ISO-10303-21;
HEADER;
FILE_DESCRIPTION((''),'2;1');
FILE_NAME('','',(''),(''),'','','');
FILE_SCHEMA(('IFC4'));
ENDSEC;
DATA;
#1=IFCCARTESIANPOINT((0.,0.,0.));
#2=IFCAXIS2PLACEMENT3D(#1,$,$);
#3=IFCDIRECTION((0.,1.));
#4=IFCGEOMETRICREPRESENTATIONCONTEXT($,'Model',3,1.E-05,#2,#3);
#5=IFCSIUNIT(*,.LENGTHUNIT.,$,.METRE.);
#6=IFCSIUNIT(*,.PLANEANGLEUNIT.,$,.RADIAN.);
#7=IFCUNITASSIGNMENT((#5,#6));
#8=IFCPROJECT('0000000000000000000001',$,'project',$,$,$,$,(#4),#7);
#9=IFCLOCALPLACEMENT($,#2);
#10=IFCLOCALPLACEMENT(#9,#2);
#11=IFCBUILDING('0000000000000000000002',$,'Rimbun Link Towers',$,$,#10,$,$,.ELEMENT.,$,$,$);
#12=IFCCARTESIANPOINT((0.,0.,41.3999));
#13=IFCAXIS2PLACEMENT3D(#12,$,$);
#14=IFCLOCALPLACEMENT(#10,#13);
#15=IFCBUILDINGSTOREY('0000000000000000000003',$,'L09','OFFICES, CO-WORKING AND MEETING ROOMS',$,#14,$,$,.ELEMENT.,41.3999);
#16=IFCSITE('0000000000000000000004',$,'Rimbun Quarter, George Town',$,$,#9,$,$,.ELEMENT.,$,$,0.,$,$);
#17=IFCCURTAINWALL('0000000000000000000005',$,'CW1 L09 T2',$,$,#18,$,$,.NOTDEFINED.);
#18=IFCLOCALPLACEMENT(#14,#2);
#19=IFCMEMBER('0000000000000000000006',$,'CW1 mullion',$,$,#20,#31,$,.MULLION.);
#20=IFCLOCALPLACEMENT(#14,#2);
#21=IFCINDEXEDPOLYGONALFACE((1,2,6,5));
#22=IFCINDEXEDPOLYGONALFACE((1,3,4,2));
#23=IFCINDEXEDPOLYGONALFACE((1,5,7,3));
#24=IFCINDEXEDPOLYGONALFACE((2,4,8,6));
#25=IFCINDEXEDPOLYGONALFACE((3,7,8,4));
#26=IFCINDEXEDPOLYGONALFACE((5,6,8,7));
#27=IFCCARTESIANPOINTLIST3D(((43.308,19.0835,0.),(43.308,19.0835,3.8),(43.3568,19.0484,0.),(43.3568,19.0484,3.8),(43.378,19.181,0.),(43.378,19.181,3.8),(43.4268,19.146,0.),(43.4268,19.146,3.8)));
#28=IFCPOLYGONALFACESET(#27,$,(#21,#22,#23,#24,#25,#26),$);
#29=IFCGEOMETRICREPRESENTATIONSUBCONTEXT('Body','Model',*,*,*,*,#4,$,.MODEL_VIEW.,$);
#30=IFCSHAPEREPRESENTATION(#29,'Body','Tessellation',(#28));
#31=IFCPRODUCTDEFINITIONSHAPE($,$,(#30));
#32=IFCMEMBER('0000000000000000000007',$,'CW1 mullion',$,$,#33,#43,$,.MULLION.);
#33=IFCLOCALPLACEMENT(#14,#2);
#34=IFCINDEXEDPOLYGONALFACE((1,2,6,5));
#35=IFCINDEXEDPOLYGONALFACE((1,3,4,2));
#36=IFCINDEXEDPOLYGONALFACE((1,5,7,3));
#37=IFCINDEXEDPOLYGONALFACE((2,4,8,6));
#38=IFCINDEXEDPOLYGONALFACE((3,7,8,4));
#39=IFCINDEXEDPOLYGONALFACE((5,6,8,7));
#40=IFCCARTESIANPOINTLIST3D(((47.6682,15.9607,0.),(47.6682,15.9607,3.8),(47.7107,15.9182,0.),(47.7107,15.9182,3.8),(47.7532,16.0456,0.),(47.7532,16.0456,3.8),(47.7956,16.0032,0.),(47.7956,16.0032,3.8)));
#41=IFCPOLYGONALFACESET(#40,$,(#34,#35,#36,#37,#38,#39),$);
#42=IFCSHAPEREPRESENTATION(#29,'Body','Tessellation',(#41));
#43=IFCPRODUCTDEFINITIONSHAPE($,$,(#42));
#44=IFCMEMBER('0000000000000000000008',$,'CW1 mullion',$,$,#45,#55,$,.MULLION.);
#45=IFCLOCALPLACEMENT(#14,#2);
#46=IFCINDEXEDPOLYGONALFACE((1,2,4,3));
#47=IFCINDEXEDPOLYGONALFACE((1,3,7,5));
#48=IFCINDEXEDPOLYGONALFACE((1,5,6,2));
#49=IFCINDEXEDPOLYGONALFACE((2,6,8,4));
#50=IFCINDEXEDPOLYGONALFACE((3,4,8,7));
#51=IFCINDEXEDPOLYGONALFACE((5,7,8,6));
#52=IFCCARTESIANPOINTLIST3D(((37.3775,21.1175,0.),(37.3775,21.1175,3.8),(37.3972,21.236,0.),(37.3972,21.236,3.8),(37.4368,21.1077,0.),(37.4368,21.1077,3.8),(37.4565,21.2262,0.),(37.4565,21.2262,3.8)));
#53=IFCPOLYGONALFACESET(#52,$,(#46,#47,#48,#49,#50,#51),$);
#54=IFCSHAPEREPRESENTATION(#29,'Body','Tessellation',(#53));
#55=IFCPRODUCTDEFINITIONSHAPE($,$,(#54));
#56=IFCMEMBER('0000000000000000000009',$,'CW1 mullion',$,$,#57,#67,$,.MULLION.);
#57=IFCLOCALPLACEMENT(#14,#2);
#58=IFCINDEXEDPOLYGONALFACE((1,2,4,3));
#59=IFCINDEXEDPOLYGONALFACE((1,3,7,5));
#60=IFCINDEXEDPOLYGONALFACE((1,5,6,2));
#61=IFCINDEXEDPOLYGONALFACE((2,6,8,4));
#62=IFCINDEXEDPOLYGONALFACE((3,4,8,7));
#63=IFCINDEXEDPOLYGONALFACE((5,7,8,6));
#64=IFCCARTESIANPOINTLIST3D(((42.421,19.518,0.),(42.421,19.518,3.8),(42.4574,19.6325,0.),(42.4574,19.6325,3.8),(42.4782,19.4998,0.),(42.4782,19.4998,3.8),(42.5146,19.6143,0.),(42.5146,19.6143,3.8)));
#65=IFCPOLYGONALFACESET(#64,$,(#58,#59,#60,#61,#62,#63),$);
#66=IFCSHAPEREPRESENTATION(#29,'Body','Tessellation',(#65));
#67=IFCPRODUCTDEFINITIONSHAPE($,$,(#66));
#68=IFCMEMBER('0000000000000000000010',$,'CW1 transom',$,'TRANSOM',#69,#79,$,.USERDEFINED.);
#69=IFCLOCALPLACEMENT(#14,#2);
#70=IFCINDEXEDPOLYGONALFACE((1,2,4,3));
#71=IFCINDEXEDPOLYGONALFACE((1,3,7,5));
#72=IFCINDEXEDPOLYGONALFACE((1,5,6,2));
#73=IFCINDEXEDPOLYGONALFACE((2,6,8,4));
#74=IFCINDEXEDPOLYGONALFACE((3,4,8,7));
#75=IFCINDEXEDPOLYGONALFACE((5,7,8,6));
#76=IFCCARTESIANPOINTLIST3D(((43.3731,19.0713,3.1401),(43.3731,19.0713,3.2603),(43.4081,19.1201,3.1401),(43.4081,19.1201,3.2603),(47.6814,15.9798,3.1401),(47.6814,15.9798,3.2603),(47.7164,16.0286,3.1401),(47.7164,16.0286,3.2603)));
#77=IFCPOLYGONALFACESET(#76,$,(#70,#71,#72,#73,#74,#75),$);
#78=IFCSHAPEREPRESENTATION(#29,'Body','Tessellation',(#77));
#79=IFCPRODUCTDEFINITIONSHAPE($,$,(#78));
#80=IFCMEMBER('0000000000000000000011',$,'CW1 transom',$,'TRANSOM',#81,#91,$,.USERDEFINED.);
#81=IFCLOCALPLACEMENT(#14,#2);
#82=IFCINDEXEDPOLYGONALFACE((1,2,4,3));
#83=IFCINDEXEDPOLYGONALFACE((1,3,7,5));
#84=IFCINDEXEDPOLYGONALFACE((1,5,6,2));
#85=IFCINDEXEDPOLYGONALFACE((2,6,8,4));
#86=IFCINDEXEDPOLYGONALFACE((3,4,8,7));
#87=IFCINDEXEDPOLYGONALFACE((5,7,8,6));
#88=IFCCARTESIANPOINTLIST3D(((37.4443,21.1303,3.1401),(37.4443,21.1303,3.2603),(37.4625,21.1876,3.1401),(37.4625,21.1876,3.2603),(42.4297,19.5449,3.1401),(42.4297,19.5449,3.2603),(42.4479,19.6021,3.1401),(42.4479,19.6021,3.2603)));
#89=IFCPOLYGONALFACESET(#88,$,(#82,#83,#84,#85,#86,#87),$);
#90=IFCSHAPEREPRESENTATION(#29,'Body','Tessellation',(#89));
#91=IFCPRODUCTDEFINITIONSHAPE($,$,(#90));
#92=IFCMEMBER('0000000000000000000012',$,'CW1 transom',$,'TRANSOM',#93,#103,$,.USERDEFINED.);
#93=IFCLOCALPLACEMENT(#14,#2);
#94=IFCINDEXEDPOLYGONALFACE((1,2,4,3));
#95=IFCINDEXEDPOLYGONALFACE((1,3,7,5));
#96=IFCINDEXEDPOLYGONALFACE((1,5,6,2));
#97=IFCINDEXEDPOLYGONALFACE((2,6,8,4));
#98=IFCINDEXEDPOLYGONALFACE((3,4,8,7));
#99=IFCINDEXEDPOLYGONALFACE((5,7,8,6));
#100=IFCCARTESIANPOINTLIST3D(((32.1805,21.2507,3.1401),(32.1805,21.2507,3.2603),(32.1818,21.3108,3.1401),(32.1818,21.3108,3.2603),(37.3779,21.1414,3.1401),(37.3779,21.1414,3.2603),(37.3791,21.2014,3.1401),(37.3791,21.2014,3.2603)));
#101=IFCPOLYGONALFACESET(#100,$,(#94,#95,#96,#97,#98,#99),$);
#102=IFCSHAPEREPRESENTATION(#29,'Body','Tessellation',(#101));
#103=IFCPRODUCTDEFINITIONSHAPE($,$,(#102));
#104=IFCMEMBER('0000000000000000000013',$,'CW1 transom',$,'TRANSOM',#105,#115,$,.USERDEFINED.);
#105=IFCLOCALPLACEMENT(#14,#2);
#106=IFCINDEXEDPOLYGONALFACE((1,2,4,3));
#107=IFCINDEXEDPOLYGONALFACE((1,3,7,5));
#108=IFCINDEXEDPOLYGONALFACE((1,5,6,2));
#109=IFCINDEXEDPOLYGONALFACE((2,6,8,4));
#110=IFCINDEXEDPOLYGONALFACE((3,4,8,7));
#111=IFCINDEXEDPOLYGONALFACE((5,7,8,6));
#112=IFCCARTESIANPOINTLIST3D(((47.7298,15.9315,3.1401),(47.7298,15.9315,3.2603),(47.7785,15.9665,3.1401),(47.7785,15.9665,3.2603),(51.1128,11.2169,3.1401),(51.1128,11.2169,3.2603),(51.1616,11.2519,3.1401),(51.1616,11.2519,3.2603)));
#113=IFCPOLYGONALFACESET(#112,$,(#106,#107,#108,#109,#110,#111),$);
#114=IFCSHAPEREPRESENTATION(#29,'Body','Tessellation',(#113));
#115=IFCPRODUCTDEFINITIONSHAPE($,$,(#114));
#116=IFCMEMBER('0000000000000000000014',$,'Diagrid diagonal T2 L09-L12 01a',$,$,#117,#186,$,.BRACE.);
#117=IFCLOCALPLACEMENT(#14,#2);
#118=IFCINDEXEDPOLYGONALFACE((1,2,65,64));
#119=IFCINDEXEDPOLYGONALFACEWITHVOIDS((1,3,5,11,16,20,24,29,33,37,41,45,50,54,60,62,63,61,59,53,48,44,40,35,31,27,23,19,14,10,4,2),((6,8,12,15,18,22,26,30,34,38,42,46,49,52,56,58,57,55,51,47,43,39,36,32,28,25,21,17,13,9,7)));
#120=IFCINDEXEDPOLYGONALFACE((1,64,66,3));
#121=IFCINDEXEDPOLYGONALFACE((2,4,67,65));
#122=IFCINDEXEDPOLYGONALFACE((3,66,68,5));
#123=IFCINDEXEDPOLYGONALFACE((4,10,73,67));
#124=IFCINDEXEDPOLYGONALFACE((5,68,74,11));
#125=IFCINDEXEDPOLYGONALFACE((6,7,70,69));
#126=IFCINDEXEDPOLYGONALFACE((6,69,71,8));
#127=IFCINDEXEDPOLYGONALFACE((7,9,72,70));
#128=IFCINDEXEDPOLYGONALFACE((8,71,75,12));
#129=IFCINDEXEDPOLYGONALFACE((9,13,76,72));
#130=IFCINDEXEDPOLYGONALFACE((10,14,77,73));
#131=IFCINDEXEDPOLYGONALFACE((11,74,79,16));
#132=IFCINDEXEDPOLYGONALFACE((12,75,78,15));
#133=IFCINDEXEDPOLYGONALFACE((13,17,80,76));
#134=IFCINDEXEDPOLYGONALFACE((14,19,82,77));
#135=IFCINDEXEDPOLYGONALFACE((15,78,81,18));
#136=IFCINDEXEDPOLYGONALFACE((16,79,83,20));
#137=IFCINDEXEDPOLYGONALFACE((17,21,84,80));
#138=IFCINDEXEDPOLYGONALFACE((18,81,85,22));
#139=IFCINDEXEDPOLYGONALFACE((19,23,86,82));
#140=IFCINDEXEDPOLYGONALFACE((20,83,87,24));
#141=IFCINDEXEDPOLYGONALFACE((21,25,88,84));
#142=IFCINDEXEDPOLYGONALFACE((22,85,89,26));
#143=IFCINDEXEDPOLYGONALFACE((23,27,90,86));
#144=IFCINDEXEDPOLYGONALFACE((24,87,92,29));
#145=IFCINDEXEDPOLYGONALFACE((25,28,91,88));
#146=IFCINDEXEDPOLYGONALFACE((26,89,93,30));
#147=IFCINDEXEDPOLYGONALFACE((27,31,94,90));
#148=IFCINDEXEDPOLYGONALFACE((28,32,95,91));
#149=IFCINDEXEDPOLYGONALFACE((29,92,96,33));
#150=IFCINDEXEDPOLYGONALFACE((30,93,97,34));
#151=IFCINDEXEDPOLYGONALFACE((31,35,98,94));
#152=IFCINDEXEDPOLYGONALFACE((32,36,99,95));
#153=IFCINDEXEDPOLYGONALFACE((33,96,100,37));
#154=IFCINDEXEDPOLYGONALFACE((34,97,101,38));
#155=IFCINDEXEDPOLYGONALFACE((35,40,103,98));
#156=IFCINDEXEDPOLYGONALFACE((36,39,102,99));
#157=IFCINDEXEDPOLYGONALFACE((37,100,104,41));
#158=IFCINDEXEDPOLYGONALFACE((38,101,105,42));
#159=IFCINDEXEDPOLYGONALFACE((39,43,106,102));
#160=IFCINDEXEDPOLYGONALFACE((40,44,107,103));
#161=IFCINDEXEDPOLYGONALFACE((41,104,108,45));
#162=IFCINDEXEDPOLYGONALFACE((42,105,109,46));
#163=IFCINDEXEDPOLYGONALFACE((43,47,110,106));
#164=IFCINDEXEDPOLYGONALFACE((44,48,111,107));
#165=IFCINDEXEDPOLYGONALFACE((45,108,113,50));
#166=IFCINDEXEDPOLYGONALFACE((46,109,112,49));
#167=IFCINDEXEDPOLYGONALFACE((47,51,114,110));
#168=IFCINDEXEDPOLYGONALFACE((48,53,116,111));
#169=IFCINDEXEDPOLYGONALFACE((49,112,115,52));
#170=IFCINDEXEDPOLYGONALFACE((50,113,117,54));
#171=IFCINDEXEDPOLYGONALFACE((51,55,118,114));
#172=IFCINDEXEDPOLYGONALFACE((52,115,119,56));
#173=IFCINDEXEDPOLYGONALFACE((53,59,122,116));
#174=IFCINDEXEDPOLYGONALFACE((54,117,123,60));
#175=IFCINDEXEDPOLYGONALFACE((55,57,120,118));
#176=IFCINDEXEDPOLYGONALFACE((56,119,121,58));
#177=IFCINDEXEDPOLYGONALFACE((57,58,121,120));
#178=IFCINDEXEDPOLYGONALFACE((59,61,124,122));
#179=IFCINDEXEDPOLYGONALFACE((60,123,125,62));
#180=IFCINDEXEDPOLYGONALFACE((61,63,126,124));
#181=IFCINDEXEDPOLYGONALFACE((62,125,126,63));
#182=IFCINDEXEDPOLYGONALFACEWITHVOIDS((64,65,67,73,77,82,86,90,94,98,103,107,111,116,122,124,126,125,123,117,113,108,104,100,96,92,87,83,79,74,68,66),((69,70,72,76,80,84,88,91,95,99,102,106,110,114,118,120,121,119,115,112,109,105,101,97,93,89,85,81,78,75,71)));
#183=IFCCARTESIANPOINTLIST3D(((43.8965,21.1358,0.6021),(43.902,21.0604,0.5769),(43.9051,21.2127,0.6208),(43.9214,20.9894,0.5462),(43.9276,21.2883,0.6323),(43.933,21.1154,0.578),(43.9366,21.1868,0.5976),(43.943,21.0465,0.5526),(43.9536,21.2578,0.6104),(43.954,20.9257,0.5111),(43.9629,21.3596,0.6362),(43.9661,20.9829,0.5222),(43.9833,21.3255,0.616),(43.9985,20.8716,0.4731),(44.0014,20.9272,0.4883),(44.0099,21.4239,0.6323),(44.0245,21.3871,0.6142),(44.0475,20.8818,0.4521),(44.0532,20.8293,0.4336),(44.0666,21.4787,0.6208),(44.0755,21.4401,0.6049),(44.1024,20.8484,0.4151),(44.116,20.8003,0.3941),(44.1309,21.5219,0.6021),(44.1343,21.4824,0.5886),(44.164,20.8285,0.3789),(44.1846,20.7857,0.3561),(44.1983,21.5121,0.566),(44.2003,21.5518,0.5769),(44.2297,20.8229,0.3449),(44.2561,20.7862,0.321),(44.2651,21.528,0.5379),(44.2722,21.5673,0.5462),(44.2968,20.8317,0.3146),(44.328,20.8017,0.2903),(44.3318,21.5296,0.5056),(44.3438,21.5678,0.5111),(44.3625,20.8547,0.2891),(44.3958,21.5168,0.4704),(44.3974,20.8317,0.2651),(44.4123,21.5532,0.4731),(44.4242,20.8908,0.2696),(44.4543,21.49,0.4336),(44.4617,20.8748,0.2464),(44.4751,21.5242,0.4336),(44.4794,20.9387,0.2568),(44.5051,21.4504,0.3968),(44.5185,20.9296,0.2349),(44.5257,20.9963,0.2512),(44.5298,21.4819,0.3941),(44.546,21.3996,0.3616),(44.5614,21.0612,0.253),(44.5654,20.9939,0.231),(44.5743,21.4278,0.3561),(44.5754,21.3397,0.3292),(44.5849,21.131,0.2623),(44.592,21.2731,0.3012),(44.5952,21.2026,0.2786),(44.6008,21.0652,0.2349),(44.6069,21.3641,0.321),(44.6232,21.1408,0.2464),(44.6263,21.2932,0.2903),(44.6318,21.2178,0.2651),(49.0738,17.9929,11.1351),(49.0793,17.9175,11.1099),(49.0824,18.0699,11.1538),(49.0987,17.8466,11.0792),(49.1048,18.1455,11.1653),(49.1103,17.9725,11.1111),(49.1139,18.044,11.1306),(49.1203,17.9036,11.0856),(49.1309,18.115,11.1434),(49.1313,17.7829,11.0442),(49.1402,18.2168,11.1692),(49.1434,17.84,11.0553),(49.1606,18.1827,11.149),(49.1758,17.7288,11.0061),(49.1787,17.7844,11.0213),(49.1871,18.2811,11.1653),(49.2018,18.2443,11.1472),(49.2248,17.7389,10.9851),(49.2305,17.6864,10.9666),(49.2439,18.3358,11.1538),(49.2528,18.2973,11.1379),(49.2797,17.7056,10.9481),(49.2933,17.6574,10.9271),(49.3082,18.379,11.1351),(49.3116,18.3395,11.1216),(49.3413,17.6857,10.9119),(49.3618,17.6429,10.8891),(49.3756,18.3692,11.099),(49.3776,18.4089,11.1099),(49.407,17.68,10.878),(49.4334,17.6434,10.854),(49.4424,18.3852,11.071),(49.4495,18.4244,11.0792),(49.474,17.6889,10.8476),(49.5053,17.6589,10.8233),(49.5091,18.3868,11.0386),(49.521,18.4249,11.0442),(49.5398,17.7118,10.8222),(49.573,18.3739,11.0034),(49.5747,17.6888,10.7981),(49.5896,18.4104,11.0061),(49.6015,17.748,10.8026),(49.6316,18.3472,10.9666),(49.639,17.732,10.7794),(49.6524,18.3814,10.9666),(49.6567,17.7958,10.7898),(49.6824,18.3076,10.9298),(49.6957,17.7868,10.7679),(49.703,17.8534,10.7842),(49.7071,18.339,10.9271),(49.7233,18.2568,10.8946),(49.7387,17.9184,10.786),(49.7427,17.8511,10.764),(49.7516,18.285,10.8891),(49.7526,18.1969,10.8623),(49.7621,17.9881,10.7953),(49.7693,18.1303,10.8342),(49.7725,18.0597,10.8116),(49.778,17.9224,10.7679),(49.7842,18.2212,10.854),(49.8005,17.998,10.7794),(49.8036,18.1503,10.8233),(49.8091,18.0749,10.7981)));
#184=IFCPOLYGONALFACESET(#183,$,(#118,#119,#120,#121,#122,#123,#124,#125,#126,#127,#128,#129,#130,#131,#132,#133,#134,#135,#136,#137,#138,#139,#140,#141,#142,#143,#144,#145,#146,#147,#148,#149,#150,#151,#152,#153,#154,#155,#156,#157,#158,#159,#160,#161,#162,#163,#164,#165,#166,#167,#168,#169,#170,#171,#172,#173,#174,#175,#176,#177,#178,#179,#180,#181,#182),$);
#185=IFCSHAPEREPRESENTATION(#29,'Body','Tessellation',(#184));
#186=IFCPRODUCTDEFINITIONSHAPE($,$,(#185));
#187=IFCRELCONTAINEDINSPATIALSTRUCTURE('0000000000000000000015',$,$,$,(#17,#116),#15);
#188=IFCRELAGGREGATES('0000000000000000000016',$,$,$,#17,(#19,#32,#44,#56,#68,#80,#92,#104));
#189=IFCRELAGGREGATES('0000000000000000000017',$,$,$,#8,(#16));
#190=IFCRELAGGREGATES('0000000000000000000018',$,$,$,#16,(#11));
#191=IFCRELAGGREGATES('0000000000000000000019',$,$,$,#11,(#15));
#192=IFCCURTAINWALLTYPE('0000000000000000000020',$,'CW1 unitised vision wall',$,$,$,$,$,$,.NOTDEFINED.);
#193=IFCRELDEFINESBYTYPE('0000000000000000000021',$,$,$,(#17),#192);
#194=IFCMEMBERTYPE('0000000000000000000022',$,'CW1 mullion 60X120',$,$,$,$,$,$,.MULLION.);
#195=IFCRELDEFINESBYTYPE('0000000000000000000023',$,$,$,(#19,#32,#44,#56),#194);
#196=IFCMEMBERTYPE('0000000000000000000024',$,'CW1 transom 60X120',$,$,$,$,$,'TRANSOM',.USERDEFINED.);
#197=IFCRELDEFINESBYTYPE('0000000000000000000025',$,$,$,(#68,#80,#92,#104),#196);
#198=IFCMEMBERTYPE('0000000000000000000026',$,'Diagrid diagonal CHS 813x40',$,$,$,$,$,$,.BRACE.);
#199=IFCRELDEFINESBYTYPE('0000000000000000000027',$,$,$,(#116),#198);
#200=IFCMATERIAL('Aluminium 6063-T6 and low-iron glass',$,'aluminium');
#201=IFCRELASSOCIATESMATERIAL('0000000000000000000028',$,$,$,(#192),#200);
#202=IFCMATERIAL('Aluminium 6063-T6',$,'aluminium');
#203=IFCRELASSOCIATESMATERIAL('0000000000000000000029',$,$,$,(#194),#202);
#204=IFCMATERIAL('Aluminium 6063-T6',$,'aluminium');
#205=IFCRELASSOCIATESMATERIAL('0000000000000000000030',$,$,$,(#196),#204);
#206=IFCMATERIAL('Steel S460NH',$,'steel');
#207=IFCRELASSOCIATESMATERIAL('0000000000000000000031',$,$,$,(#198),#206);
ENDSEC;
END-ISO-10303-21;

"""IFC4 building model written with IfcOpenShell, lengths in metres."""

from ifc_helpers import new_model, si_unit, direction, frame, origin, origin_2d, place, context, subcontext, project, spatial, rectangle, hollow_circle, extrude, material, material_profile, profile_set, type_object, element, aggregate, save


model = new_model("IFC4")

# Units and contexts
model_context = context("Model", 3, precision=1e-05, world=origin(), true_north=direction((0.0, 1.0)))
body_context = subcontext(model_context, "Body", "Model", "MODEL_VIEW")
ifc_project = project(units=[si_unit("LENGTHUNIT", "METRE"), si_unit("PLANEANGLEUNIT", "RADIAN")], contexts=[model_context])

# Site, building, storey
site_placement = place(None, origin())
site = spatial("IfcSite", under=ifc_project, at=site_placement, Name="Rimbun Quarter, George Town", CompositionType="ELEMENT", RefElevation=0.0)
building_placement = place(site_placement, origin())
building = spatial("IfcBuilding", under=site, at=building_placement, Name="Rimbun Link Towers", CompositionType="ELEMENT")
storey_placement = place(building_placement, frame((0.0, 0.0, 41.3999)))
storey = spatial("IfcBuildingStorey", under=building, at=storey_placement, Name="L09", Description="OFFICES, CO-WORKING AND MEETING ROOMS", CompositionType="ELEMENT", Elevation=41.3999)

# Curtain wall, members
ifc_material_1 = material(Name="Aluminium 6063-T6 and low-iron glass", Category="aluminium")
curtain_wall_type = type_object("IfcCurtainWallType", Name="CW1 unitised vision wall", PredefinedType="NOTDEFINED", material=ifc_material_1)
curtain_wall_placement = place(storey_placement, origin())
curtain_wall = element("IfcCurtainWall", 1, at=curtain_wall_placement, inside=storey, type_object=curtain_wall_type, Name="CW1 L09 T2", PredefinedType="NOTDEFINED")
ifc_material_2 = material(Name="Aluminium 6063-T6", Category="aluminium")
ifc_material_profile_1 = material_profile(ifc_material_2, rectangle(XDim=0.1201, YDim=0.0601, at=origin_2d()), Name="MULLION 60X120")
ifc_profile_set_1 = profile_set([ifc_material_profile_1], Name="Aluminium 6063-T6")
member_type_1 = type_object("IfcMemberType", Name="CW1 mullion 60X120", PredefinedType="MULLION", material=ifc_profile_set_1)
member_1_placement = place(storey_placement, frame((43.3674, 19.1147, 0.0), z_axis=(0.0, 0.0, 1.0), x_axis=(0.582996, 0.812475, 0.0)))
member_1 = element("IfcMember", 2, at=member_1_placement, type_object=member_type_1, Name="CW1 mullion", PredefinedType="MULLION", context=body_context, shape_type="SweptSolid", body=[
    extrude(rectangle(XDim=0.1201, YDim=0.0601, at=origin_2d()), origin(), (0.0, 0.0, 1.0), 3.8),
])
member_2_placement = place(storey_placement, frame((47.7319, 15.9819, 0.0), z_axis=(0.0, 0.0, 1.0), x_axis=(0.707107, 0.707107, 0.0)))
member_2 = element("IfcMember", 3, at=member_2_placement, type_object=member_type_1, Name="CW1 mullion", PredefinedType="MULLION", context=body_context, shape_type="SweptSolid", body=[
    extrude(rectangle(XDim=0.1201, YDim=0.0601, at=origin_2d()), origin(), (0.0, 0.0, 1.0), 3.8),
])
member_3_placement = place(storey_placement, frame((37.417, 21.1719, 0.0), z_axis=(0.0, 0.0, 1.0), x_axis=(0.16375, 0.986502, 0.0)))
member_3 = element("IfcMember", 4, at=member_3_placement, type_object=member_type_1, Name="CW1 mullion", PredefinedType="MULLION", context=body_context, shape_type="SweptSolid", body=[
    extrude(rectangle(XDim=0.1201, YDim=0.0601, at=origin_2d()), origin(), (0.0, 0.0, 1.0), 3.8),
])
member_4_placement = place(storey_placement, frame((42.4678, 19.5662, 0.0), z_axis=(0.0, 0.0, 1.0), x_axis=(0.303071, 0.952968, 0.0)))
member_4 = element("IfcMember", 5, at=member_4_placement, type_object=member_type_1, Name="CW1 mullion", PredefinedType="MULLION", context=body_context, shape_type="SweptSolid", body=[
    extrude(rectangle(XDim=0.1201, YDim=0.0601, at=origin_2d()), origin(), (0.0, 0.0, 1.0), 3.8),
])
ifc_material_3 = material(Name="Aluminium 6063-T6", Category="aluminium")
ifc_material_profile_2 = material_profile(ifc_material_3, rectangle(XDim=0.0601, YDim=0.1201, at=origin_2d()), Name="TRANSOM 60X120")
ifc_profile_set_2 = profile_set([ifc_material_profile_2], Name="Aluminium 6063-T6")
member_type_2 = type_object("IfcMemberType", Name="CW1 transom 60X120", ElementType="TRANSOM", PredefinedType="USERDEFINED", material=ifc_profile_set_2)
member_5_placement = place(storey_placement, frame((43.3906, 19.0957, 3.2002), z_axis=(0.812469, -0.583005, 0.0), x_axis=(0.583005, 0.812469, 0.0)))
member_5 = element("IfcMember", 6, at=member_5_placement, type_object=member_type_2, Name="CW1 transom", ObjectType="TRANSOM", PredefinedType="USERDEFINED", context=body_context, shape_type="SweptSolid", body=[
    extrude(rectangle(XDim=0.0601, YDim=0.1201, at=origin_2d()), origin(), (0.0, 0.0, 1.0), 5.3027),
])
member_6_placement = place(storey_placement, frame((37.4534, 21.1589, 3.2002), z_axis=(0.95297, -0.303065, 0.0), x_axis=(0.303065, 0.95297, 0.0)))
member_6 = element("IfcMember", 7, at=member_6_placement, type_object=member_type_2, Name="CW1 transom", ObjectType="TRANSOM", PredefinedType="USERDEFINED", context=body_context, shape_type="SweptSolid", body=[
    extrude(rectangle(XDim=0.0601, YDim=0.1201, at=origin_2d()), origin(), (0.0, 0.0, 1.0), 5.2314),
])
member_7_placement = place(storey_placement, frame((32.1812, 21.2808, 3.2002), z_axis=(0.999779, -0.02104, 0.0), x_axis=(0.02104, 0.999779, 0.0)))
member_7 = element("IfcMember", 8, at=member_7_placement, type_object=member_type_2, Name="CW1 transom", ObjectType="TRANSOM", PredefinedType="USERDEFINED", context=body_context, shape_type="SweptSolid", body=[
    extrude(rectangle(XDim=0.0601, YDim=0.1201, at=origin_2d()), origin(), (0.0, 0.0, 1.0), 5.1985),
])
member_8_placement = place(storey_placement, frame((47.7542, 15.949, 3.2002), z_axis=(0.583004, -0.812469, 0.0), x_axis=(0.812469, 0.583004, 0.0)))
member_8 = element("IfcMember", 9, at=member_8_placement, type_object=member_type_2, Name="CW1 transom", ObjectType="TRANSOM", PredefinedType="USERDEFINED", context=body_context, shape_type="SweptSolid", body=[
    extrude(rectangle(XDim=0.0601, YDim=0.1201, at=origin_2d()), origin(), (0.0, 0.0, 1.0), 5.8027),
])

# Member
ifc_material_4 = material(Name="Steel S460NH", Category="steel")
ifc_material_profile_3 = material_profile(ifc_material_4, hollow_circle(Radius=0.4065, WallThickness=0.04, at=origin_2d()), Name="Diagrid diagonal CHS 813x40")
ifc_profile_set_3 = profile_set([ifc_material_profile_3], Name="Steel S460NH")
member_type_3 = type_object("IfcMemberType", Name="Diagrid diagonal CHS 813x40", PredefinedType="BRACE", material=ifc_profile_set_3)
member_9_placement = place(storey_placement, frame((44.2642, 21.1768, 0.4336), z_axis=(0.426108, -0.258667, 0.866905), x_axis=(0.518917, 0.854825, 0.0)))
element("IfcMember", 10, at=member_9_placement, inside=storey, type_object=member_type_3, Name="Diagrid diagonal T2 L09-L12 01a", PredefinedType="BRACE", context=body_context, shape_type="SweptSolid", body=[
    extrude(hollow_circle(Radius=0.4065, WallThickness=0.04, at=origin_2d()), origin(), (0.0, 0.0, 1.0), 12.1501),
])

aggregate(curtain_wall, [member_1, member_2, member_3, member_4, member_5, member_6, member_7, member_8])

save(model, "model.ifc")
